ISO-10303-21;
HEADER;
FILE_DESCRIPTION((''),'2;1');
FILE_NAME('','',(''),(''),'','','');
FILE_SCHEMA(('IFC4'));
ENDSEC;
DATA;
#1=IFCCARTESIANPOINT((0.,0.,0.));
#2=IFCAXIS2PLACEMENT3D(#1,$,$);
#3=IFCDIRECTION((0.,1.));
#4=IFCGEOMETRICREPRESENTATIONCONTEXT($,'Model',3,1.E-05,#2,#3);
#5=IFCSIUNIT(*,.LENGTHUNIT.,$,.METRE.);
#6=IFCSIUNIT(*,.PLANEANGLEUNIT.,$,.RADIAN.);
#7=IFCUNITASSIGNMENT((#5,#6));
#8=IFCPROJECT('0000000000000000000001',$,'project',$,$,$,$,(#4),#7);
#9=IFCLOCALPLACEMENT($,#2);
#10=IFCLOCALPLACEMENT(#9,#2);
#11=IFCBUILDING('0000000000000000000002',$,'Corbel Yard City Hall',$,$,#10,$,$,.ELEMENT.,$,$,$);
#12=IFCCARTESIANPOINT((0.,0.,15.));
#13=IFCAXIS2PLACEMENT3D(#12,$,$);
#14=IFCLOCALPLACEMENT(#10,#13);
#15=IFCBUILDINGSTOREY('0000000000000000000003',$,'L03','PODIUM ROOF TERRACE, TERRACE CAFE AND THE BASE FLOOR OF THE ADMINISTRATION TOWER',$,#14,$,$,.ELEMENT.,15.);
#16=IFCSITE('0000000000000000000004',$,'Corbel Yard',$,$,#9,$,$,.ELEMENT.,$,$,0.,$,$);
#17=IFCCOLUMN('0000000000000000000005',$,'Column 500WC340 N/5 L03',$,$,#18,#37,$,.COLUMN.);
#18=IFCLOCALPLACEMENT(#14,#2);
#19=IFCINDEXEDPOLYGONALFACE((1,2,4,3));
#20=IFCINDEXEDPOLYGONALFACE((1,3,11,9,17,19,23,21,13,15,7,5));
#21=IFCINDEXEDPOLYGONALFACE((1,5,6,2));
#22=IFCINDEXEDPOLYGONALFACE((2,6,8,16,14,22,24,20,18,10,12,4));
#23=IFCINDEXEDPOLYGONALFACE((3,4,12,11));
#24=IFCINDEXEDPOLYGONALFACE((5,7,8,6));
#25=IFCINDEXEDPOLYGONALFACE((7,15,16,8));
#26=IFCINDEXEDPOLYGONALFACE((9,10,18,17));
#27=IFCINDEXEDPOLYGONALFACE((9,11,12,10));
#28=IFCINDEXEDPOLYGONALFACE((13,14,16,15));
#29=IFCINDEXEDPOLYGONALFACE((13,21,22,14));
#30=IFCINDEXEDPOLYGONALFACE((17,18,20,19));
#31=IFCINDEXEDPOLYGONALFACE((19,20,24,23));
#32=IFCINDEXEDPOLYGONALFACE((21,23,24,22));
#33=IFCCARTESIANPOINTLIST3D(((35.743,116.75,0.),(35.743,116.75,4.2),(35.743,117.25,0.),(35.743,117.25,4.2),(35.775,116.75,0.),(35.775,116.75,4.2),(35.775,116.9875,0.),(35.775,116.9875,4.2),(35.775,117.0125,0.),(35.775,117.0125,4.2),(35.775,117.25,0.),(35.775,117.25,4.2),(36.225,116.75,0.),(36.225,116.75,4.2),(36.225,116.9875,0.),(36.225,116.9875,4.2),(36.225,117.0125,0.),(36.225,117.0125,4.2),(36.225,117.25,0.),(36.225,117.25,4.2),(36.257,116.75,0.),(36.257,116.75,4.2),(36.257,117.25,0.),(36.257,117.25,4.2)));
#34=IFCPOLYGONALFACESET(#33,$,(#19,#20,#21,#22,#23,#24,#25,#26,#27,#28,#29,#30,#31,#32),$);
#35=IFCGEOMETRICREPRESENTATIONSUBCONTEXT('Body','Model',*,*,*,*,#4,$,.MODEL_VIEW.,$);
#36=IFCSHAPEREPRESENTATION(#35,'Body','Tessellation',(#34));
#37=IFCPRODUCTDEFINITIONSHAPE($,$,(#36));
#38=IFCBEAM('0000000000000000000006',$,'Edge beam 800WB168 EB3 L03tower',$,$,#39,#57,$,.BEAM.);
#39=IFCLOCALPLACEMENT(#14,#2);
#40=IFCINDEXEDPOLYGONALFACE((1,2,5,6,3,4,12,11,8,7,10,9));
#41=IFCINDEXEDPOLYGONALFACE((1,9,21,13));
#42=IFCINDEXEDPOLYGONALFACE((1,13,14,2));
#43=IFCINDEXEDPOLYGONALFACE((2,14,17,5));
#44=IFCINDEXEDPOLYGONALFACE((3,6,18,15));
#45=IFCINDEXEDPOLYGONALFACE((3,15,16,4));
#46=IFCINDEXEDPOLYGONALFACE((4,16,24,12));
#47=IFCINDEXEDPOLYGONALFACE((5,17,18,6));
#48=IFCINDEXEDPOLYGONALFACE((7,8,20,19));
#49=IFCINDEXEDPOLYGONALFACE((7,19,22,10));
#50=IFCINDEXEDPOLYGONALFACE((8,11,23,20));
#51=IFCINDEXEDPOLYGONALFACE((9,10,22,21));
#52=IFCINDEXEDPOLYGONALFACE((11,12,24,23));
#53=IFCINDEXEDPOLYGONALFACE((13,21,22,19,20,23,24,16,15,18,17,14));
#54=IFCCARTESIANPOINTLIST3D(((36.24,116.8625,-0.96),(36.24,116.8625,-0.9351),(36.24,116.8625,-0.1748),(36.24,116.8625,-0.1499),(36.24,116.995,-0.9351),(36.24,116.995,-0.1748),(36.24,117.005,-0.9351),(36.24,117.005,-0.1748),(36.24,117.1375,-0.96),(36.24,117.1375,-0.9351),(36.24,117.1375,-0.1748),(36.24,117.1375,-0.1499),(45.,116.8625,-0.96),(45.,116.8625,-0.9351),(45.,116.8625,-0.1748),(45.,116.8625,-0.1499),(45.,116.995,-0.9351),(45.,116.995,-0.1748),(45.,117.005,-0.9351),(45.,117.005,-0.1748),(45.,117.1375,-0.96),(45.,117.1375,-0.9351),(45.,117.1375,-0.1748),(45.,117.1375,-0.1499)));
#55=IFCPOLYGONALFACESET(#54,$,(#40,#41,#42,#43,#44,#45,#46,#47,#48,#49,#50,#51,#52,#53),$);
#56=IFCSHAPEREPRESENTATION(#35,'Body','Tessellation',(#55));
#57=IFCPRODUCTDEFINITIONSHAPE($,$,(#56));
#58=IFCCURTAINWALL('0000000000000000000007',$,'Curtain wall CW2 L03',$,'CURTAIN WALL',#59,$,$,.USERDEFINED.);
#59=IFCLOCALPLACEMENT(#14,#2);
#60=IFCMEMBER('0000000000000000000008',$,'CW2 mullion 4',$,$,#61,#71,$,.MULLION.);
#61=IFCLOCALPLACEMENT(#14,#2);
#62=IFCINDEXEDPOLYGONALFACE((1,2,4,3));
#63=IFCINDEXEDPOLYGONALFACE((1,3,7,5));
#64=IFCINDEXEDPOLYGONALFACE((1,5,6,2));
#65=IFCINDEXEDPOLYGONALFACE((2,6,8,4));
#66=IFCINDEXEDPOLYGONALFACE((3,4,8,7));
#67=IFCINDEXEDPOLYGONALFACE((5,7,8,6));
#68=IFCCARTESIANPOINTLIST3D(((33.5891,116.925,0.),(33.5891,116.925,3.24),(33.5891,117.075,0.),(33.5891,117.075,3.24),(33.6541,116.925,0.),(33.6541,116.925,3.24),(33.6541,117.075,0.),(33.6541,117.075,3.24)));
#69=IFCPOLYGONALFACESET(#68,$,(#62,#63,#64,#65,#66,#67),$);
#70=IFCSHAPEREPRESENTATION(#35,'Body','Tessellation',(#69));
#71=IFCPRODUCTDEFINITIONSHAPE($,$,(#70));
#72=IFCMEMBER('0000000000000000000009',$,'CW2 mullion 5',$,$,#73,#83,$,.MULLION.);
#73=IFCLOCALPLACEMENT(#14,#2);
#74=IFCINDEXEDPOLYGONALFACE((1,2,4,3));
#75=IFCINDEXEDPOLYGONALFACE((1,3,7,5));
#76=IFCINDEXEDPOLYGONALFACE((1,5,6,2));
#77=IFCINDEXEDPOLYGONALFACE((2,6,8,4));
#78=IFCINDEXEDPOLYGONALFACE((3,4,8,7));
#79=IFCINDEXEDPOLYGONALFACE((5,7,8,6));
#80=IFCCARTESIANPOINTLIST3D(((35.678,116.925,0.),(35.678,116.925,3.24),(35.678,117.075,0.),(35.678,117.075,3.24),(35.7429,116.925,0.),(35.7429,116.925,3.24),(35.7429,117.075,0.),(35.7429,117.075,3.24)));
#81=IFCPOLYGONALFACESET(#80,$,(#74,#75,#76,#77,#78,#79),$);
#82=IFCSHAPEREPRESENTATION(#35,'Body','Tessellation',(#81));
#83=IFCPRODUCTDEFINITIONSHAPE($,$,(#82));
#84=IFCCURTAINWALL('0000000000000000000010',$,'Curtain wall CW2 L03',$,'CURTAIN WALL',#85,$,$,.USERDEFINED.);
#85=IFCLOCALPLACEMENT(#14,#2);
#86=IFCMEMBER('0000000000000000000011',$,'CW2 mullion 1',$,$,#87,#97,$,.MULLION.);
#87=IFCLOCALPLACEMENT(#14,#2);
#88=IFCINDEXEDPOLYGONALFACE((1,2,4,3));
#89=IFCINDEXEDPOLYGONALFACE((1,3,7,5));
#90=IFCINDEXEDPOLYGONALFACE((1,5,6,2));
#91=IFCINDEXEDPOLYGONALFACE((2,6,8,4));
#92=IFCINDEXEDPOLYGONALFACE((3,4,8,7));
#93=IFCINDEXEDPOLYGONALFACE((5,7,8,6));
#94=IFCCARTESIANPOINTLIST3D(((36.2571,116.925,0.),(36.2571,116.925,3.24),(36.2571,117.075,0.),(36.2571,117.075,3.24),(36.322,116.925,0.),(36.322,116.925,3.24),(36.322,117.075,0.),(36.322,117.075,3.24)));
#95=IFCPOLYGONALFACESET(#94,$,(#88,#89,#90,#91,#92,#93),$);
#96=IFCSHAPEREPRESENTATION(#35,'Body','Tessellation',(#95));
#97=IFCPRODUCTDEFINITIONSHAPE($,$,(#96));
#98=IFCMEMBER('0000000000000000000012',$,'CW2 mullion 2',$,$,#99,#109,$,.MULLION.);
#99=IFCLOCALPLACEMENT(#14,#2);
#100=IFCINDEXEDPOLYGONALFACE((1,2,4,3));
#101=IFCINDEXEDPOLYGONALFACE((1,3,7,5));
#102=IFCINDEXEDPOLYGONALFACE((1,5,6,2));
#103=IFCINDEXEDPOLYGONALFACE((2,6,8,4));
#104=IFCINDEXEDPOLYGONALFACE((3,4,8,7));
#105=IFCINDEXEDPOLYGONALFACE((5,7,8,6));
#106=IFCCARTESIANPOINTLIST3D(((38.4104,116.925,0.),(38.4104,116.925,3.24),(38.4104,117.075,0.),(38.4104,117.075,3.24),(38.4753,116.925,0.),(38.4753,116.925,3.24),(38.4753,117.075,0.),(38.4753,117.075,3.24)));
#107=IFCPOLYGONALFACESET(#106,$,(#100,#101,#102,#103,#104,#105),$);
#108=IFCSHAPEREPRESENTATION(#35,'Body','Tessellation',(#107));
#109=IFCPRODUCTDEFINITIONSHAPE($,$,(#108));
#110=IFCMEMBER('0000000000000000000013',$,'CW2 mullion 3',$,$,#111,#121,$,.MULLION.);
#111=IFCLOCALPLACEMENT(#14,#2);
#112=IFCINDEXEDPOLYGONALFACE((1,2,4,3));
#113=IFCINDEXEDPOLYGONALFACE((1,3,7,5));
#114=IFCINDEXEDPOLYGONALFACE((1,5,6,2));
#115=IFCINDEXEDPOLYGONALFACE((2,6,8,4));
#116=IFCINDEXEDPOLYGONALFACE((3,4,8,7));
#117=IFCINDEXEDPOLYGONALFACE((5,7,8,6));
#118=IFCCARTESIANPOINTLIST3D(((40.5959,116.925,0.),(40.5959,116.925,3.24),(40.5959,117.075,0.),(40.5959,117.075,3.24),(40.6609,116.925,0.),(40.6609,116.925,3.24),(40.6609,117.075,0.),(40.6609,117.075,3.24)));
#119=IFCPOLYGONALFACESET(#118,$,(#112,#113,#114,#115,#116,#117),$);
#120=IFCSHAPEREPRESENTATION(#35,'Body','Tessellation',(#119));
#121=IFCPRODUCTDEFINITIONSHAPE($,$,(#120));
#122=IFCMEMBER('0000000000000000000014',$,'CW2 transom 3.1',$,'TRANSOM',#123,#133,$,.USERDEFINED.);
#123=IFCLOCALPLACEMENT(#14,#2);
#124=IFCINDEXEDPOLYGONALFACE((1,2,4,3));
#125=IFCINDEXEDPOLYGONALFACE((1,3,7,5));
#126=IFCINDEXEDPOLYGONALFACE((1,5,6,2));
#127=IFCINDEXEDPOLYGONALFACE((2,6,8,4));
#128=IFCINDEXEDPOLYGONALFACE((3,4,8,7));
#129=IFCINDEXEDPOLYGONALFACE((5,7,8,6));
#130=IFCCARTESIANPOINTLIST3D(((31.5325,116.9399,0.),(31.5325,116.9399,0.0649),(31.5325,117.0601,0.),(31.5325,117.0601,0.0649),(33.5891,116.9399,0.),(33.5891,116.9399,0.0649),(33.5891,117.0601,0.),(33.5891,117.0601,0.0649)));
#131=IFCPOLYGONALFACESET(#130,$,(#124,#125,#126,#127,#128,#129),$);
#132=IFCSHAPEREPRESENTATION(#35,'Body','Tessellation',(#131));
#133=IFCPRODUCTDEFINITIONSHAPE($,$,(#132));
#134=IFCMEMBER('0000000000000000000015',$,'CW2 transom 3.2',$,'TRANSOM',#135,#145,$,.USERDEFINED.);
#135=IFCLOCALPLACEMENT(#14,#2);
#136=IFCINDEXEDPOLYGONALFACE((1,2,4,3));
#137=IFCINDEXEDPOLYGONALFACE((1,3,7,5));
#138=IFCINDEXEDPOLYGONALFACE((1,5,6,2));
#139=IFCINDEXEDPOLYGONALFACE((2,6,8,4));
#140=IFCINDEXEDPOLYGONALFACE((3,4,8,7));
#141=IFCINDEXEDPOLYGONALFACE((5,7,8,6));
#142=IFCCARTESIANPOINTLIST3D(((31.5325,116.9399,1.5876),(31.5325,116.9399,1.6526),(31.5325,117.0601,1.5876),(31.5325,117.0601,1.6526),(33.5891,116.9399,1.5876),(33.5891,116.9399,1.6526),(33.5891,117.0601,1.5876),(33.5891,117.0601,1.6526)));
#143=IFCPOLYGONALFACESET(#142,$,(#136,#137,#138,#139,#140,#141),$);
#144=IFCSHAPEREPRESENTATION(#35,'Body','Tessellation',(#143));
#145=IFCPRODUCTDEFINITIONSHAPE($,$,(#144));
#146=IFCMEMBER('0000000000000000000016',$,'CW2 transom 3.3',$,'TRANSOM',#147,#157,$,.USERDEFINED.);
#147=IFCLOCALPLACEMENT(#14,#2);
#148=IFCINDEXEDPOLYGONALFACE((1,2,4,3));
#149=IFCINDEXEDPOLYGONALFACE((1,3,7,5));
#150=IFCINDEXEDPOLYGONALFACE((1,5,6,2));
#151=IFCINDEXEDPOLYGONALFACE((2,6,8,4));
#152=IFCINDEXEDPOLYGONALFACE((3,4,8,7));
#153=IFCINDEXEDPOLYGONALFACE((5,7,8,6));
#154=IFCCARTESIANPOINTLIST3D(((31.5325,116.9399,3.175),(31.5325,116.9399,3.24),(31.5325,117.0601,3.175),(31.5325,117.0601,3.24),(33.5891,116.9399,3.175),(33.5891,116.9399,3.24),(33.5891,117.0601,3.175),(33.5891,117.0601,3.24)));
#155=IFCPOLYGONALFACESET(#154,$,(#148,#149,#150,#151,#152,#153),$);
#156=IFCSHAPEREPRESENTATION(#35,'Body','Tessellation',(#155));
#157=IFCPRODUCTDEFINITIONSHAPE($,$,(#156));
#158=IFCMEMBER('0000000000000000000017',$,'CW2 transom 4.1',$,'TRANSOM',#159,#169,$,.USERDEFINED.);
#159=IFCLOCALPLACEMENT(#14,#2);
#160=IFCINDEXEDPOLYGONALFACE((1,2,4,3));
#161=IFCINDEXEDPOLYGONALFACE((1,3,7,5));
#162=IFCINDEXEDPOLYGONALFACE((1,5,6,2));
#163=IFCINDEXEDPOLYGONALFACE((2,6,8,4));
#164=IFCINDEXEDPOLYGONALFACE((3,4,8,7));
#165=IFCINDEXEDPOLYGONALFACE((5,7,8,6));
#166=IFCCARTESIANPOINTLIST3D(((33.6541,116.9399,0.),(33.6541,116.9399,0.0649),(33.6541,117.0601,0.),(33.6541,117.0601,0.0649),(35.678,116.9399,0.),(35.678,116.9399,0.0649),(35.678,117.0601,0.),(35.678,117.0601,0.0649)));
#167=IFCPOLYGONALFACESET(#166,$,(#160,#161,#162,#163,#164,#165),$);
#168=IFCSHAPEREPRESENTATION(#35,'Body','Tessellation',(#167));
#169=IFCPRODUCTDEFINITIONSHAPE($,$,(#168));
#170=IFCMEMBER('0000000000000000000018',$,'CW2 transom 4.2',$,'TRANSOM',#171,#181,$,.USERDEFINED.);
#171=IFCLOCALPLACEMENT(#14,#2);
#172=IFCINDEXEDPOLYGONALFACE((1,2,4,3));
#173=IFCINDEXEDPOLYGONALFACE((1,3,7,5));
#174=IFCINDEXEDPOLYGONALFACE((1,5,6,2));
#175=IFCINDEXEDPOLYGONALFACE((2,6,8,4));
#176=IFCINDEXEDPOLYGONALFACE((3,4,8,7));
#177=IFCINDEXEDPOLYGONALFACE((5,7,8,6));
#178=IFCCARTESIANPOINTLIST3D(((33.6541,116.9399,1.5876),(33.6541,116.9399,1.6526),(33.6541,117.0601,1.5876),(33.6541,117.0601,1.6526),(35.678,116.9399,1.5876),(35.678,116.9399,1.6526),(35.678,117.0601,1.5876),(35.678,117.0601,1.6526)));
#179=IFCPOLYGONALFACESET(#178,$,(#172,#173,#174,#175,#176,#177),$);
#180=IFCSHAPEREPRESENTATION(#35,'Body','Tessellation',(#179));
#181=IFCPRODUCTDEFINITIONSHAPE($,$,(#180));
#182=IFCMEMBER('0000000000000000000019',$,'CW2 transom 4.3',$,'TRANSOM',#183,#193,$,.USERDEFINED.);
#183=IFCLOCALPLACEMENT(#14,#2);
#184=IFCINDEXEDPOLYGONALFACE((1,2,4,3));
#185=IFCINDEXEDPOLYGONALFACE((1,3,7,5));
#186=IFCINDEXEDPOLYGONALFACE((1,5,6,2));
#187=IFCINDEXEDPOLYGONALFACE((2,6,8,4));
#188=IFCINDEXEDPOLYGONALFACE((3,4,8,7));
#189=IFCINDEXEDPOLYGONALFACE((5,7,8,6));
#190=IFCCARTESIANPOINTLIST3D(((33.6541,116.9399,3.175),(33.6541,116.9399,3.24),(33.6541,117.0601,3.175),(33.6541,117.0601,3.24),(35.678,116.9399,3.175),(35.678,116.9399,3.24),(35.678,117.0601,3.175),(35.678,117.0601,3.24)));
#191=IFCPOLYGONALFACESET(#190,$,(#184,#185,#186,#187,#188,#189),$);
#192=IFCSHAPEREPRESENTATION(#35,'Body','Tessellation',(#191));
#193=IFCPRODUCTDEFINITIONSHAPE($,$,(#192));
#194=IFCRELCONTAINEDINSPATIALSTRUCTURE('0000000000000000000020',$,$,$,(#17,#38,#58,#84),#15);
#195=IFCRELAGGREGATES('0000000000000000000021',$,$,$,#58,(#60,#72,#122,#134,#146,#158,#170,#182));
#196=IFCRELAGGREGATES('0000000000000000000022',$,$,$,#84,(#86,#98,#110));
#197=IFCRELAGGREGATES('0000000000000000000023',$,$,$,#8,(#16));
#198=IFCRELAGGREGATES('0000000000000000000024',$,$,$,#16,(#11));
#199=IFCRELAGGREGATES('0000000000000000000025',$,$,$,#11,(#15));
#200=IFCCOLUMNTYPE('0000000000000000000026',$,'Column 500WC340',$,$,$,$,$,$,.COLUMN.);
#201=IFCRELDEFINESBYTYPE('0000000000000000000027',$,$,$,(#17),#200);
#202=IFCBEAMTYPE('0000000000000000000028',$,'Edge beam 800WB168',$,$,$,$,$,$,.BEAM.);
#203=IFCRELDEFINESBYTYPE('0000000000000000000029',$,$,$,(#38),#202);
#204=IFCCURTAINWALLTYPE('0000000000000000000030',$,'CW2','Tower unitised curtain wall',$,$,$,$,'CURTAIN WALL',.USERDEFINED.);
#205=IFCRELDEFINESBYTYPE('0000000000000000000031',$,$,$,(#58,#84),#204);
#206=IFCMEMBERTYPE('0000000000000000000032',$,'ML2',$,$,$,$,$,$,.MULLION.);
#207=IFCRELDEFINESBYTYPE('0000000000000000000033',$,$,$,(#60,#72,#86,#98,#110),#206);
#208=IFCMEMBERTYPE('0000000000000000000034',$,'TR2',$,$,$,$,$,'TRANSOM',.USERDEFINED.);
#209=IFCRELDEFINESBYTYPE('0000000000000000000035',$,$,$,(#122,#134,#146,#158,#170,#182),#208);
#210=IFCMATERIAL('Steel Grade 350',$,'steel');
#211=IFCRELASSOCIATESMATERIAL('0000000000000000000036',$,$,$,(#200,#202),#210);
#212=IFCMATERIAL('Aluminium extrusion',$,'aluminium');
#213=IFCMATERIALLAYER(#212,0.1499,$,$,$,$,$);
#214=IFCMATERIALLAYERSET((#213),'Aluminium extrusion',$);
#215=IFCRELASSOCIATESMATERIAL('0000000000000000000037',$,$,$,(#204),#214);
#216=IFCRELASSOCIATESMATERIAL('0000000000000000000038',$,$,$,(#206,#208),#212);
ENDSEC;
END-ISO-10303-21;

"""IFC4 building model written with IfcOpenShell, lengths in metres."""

from ifc_helpers import new_model, si_unit, direction, frame, origin, origin_2d, place, context, subcontext, project, spatial, rectangle, i_section, extrude, material, layer, layer_set, material_profile, profile_set, type_object, element, aggregate, save


model = new_model("IFC4")

# Units and contexts
model_context = context("Model", 3, precision=1e-05, world=origin(), true_north=direction((0.0, 1.0)))
body_context = subcontext(model_context, "Body", "Model", "MODEL_VIEW")
ifc_project = project(units=[si_unit("LENGTHUNIT", "METRE"), si_unit("PLANEANGLEUNIT", "RADIAN")], contexts=[model_context])

# Site, building, storey
site_placement = place(None, origin())
site = spatial("IfcSite", under=ifc_project, at=site_placement, Name="Corbel Yard", CompositionType="ELEMENT", RefElevation=0.0)
building_placement = place(site_placement, origin())
building = spatial("IfcBuilding", under=site, at=building_placement, Name="Corbel Yard City Hall", CompositionType="ELEMENT")
storey_placement = place(building_placement, frame((0.0, 0.0, 15.0)))
storey = spatial("IfcBuildingStorey", under=building, at=storey_placement, Name="L03", Description="PODIUM ROOF TERRACE, TERRACE CAFE AND THE BASE FLOOR OF THE ADMINISTRATION TOWER", CompositionType="ELEMENT", Elevation=15.0)

# Column
ifc_material_1 = material(Name="Steel Grade 350", Category="steel")
ifc_material_profile_1 = material_profile(ifc_material_1, i_section(OverallWidth=0.5, OverallDepth=0.5139, WebThickness=0.0249, FlangeThickness=0.032, at=origin_2d()), Name="500WC340")
ifc_profile_set_1 = profile_set([ifc_material_profile_1], Name="Steel Grade 350")
column_type = type_object("IfcColumnType", Name="Column 500WC340", PredefinedType="COLUMN", material=ifc_profile_set_1)
column_placement = place(storey_placement, frame((36.0, 117.0, 0.0), z_axis=(0.0, 0.0, 1.0), x_axis=(0.0, 1.0, 0.0)))
element("IfcColumn", 1, at=column_placement, inside=storey, type_object=column_type, Name="Column 500WC340 N/5 L03", PredefinedType="COLUMN", context=body_context, shape_type="SweptSolid", body=[
    extrude(i_section(OverallWidth=0.5, OverallDepth=0.5139, WebThickness=0.0249, FlangeThickness=0.032, at=origin_2d()), origin(), (0.0, 0.0, 1.0), 4.2),
])

# Beam
ifc_material_profile_2 = material_profile(ifc_material_1, i_section(OverallWidth=0.2749, OverallDepth=0.8101, WebThickness=0.01, FlangeThickness=0.0249, at=origin_2d()), Name="800WB168")
ifc_profile_set_2 = profile_set([ifc_material_profile_2], Name="Steel Grade 350")
beam_type = type_object("IfcBeamType", Name="Edge beam 800WB168", PredefinedType="BEAM", material=ifc_profile_set_2)
beam_placement = place(storey_placement, frame((36.24, 117.0, -0.5549), z_axis=(1.0, 0.0, 0.0), x_axis=(0.0, 1.0, 0.0)))
element("IfcBeam", 2, at=beam_placement, inside=storey, type_object=beam_type, Name="Edge beam 800WB168 EB3 L03tower", PredefinedType="BEAM", context=body_context, shape_type="SweptSolid", body=[
    extrude(i_section(OverallWidth=0.2749, OverallDepth=0.8101, WebThickness=0.01, FlangeThickness=0.0249, at=origin_2d()), origin(), (0.0, 0.0, 1.0), 8.76),
])

# Curtain walls, members
ifc_material_2 = material(Name="Aluminium extrusion", Category="aluminium")
ifc_layer_1 = layer(ifc_material_2, 0.1499)
ifc_layer_set_1 = layer_set([ifc_layer_1], Name="Aluminium extrusion")
curtain_wall_type = type_object("IfcCurtainWallType", Name="CW2", Description="Tower unitised curtain wall", ElementType="CURTAIN WALL", PredefinedType="USERDEFINED", material=ifc_layer_set_1)
curtain_wall_1_placement = place(storey_placement, origin())
curtain_wall_1 = element("IfcCurtainWall", 3, at=curtain_wall_1_placement, inside=storey, type_object=curtain_wall_type, Name="Curtain wall CW2 L03", ObjectType="CURTAIN WALL", PredefinedType="USERDEFINED")
ifc_material_profile_3 = material_profile(ifc_material_2, rectangle(XDim=0.1499, YDim=0.0649, at=origin_2d()), Name="150x65")
ifc_profile_set_3 = profile_set([ifc_material_profile_3], Name="Aluminium extrusion")
member_type_1 = type_object("IfcMemberType", Name="ML2", PredefinedType="MULLION", material=ifc_profile_set_3)
member_1_placement = place(storey_placement, frame((33.6216, 117.0, 0.0), z_axis=(0.0, 0.0, 1.0), x_axis=(0.0, 1.0, 0.0)))
member_1 = element("IfcMember", 4, at=member_1_placement, type_object=member_type_1, Name="CW2 mullion 4", PredefinedType="MULLION", context=body_context, shape_type="SweptSolid", body=[
    extrude(rectangle(XDim=0.1499, YDim=0.0649, at=origin_2d()), origin(), (0.0, 0.0, 1.0), 3.24),
])
member_2_placement = place(storey_placement, frame((35.7104, 117.0, 0.0), z_axis=(0.0, 0.0, 1.0), x_axis=(0.0, 1.0, 0.0)))
member_2 = element("IfcMember", 5, at=member_2_placement, type_object=member_type_1, Name="CW2 mullion 5", PredefinedType="MULLION", context=body_context, shape_type="SweptSolid", body=[
    extrude(rectangle(XDim=0.1499, YDim=0.0649, at=origin_2d()), origin(), (0.0, 0.0, 1.0), 3.24),
])
curtain_wall_2_placement = place(storey_placement, origin())
curtain_wall_2 = element("IfcCurtainWall", 6, at=curtain_wall_2_placement, inside=storey, type_object=curtain_wall_type, Name="Curtain wall CW2 L03", ObjectType="CURTAIN WALL", PredefinedType="USERDEFINED")
member_3_placement = place(storey_placement, frame((36.2896, 117.0, 0.0), z_axis=(0.0, 0.0, 1.0), x_axis=(0.0, 1.0, 0.0)))
member_3 = element("IfcMember", 7, at=member_3_placement, type_object=member_type_1, Name="CW2 mullion 1", PredefinedType="MULLION", context=body_context, shape_type="SweptSolid", body=[
    extrude(rectangle(XDim=0.1499, YDim=0.0649, at=origin_2d()), origin(), (0.0, 0.0, 1.0), 3.24),
])
member_4_placement = place(storey_placement, frame((38.4429, 117.0, 0.0), z_axis=(0.0, 0.0, 1.0), x_axis=(0.0, 1.0, 0.0)))
member_4 = element("IfcMember", 8, at=member_4_placement, type_object=member_type_1, Name="CW2 mullion 2", PredefinedType="MULLION", context=body_context, shape_type="SweptSolid", body=[
    extrude(rectangle(XDim=0.1499, YDim=0.0649, at=origin_2d()), origin(), (0.0, 0.0, 1.0), 3.24),
])
member_5_placement = place(storey_placement, frame((40.6284, 117.0, 0.0), z_axis=(0.0, 0.0, 1.0), x_axis=(0.0, 1.0, 0.0)))
member_5 = element("IfcMember", 9, at=member_5_placement, type_object=member_type_1, Name="CW2 mullion 3", PredefinedType="MULLION", context=body_context, shape_type="SweptSolid", body=[
    extrude(rectangle(XDim=0.1499, YDim=0.0649, at=origin_2d()), origin(), (0.0, 0.0, 1.0), 3.24),
])

# Members
ifc_material_profile_4 = material_profile(ifc_material_2, rectangle(XDim=0.1201, YDim=0.0649, at=origin_2d()), Name="120x65")
ifc_profile_set_4 = profile_set([ifc_material_profile_4], Name="Aluminium extrusion")
member_type_2 = type_object("IfcMemberType", Name="TR2", ElementType="TRANSOM", PredefinedType="USERDEFINED", material=ifc_profile_set_4)
member_6_placement = place(storey_placement, frame((31.5325, 117.0, 0.0325), z_axis=(1.0, 0.0, 0.0), x_axis=(0.0, 1.0, 0.0)))
member_6 = element("IfcMember", 10, at=member_6_placement, type_object=member_type_2, Name="CW2 transom 3.1", ObjectType="TRANSOM", PredefinedType="USERDEFINED", context=body_context, shape_type="SweptSolid", body=[
    extrude(rectangle(XDim=0.1201, YDim=0.0649, at=origin_2d()), origin(), (0.0, 0.0, 1.0), 2.0566),
])
member_7_placement = place(storey_placement, frame((31.5325, 117.0, 1.6201), z_axis=(1.0, 0.0, 0.0), x_axis=(0.0, 1.0, 0.0)))
member_7 = element("IfcMember", 11, at=member_7_placement, type_object=member_type_2, Name="CW2 transom 3.2", ObjectType="TRANSOM", PredefinedType="USERDEFINED", context=body_context, shape_type="SweptSolid", body=[
    extrude(rectangle(XDim=0.1201, YDim=0.0649, at=origin_2d()), origin(), (0.0, 0.0, 1.0), 2.0566),
])
member_8_placement = place(storey_placement, frame((31.5325, 117.0, 3.2075), z_axis=(1.0, 0.0, 0.0), x_axis=(0.0, 1.0, 0.0)))
member_8 = element("IfcMember", 12, at=member_8_placement, type_object=member_type_2, Name="CW2 transom 3.3", ObjectType="TRANSOM", PredefinedType="USERDEFINED", context=body_context, shape_type="SweptSolid", body=[
    extrude(rectangle(XDim=0.1201, YDim=0.0649, at=origin_2d()), origin(), (0.0, 0.0, 1.0), 2.0566),
])
member_9_placement = place(storey_placement, frame((33.6541, 117.0, 0.0325), z_axis=(1.0, 0.0, 0.0), x_axis=(0.0, 1.0, 0.0)))
member_9 = element("IfcMember", 13, at=member_9_placement, type_object=member_type_2, Name="CW2 transom 4.1", ObjectType="TRANSOM", PredefinedType="USERDEFINED", context=body_context, shape_type="SweptSolid", body=[
    extrude(rectangle(XDim=0.1201, YDim=0.0649, at=origin_2d()), origin(), (0.0, 0.0, 1.0), 2.0239),
])
member_10_placement = place(storey_placement, frame((33.6541, 117.0, 1.6201), z_axis=(1.0, 0.0, 0.0), x_axis=(0.0, 1.0, 0.0)))
member_10 = element("IfcMember", 14, at=member_10_placement, type_object=member_type_2, Name="CW2 transom 4.2", ObjectType="TRANSOM", PredefinedType="USERDEFINED", context=body_context, shape_type="SweptSolid", body=[
    extrude(rectangle(XDim=0.1201, YDim=0.0649, at=origin_2d()), origin(), (0.0, 0.0, 1.0), 2.0239),
])
member_11_placement = place(storey_placement, frame((33.6541, 117.0, 3.2075), z_axis=(1.0, 0.0, 0.0), x_axis=(0.0, 1.0, 0.0)))
member_11 = element("IfcMember", 15, at=member_11_placement, type_object=member_type_2, Name="CW2 transom 4.3", ObjectType="TRANSOM", PredefinedType="USERDEFINED", context=body_context, shape_type="SweptSolid", body=[
    extrude(rectangle(XDim=0.1201, YDim=0.0649, at=origin_2d()), origin(), (0.0, 0.0, 1.0), 2.0239),
])

aggregate(curtain_wall_1, [member_1, member_2, member_6, member_7, member_8, member_9, member_10, member_11])
aggregate(curtain_wall_2, [member_3, member_4, member_5])

save(model, "model.ifc")
